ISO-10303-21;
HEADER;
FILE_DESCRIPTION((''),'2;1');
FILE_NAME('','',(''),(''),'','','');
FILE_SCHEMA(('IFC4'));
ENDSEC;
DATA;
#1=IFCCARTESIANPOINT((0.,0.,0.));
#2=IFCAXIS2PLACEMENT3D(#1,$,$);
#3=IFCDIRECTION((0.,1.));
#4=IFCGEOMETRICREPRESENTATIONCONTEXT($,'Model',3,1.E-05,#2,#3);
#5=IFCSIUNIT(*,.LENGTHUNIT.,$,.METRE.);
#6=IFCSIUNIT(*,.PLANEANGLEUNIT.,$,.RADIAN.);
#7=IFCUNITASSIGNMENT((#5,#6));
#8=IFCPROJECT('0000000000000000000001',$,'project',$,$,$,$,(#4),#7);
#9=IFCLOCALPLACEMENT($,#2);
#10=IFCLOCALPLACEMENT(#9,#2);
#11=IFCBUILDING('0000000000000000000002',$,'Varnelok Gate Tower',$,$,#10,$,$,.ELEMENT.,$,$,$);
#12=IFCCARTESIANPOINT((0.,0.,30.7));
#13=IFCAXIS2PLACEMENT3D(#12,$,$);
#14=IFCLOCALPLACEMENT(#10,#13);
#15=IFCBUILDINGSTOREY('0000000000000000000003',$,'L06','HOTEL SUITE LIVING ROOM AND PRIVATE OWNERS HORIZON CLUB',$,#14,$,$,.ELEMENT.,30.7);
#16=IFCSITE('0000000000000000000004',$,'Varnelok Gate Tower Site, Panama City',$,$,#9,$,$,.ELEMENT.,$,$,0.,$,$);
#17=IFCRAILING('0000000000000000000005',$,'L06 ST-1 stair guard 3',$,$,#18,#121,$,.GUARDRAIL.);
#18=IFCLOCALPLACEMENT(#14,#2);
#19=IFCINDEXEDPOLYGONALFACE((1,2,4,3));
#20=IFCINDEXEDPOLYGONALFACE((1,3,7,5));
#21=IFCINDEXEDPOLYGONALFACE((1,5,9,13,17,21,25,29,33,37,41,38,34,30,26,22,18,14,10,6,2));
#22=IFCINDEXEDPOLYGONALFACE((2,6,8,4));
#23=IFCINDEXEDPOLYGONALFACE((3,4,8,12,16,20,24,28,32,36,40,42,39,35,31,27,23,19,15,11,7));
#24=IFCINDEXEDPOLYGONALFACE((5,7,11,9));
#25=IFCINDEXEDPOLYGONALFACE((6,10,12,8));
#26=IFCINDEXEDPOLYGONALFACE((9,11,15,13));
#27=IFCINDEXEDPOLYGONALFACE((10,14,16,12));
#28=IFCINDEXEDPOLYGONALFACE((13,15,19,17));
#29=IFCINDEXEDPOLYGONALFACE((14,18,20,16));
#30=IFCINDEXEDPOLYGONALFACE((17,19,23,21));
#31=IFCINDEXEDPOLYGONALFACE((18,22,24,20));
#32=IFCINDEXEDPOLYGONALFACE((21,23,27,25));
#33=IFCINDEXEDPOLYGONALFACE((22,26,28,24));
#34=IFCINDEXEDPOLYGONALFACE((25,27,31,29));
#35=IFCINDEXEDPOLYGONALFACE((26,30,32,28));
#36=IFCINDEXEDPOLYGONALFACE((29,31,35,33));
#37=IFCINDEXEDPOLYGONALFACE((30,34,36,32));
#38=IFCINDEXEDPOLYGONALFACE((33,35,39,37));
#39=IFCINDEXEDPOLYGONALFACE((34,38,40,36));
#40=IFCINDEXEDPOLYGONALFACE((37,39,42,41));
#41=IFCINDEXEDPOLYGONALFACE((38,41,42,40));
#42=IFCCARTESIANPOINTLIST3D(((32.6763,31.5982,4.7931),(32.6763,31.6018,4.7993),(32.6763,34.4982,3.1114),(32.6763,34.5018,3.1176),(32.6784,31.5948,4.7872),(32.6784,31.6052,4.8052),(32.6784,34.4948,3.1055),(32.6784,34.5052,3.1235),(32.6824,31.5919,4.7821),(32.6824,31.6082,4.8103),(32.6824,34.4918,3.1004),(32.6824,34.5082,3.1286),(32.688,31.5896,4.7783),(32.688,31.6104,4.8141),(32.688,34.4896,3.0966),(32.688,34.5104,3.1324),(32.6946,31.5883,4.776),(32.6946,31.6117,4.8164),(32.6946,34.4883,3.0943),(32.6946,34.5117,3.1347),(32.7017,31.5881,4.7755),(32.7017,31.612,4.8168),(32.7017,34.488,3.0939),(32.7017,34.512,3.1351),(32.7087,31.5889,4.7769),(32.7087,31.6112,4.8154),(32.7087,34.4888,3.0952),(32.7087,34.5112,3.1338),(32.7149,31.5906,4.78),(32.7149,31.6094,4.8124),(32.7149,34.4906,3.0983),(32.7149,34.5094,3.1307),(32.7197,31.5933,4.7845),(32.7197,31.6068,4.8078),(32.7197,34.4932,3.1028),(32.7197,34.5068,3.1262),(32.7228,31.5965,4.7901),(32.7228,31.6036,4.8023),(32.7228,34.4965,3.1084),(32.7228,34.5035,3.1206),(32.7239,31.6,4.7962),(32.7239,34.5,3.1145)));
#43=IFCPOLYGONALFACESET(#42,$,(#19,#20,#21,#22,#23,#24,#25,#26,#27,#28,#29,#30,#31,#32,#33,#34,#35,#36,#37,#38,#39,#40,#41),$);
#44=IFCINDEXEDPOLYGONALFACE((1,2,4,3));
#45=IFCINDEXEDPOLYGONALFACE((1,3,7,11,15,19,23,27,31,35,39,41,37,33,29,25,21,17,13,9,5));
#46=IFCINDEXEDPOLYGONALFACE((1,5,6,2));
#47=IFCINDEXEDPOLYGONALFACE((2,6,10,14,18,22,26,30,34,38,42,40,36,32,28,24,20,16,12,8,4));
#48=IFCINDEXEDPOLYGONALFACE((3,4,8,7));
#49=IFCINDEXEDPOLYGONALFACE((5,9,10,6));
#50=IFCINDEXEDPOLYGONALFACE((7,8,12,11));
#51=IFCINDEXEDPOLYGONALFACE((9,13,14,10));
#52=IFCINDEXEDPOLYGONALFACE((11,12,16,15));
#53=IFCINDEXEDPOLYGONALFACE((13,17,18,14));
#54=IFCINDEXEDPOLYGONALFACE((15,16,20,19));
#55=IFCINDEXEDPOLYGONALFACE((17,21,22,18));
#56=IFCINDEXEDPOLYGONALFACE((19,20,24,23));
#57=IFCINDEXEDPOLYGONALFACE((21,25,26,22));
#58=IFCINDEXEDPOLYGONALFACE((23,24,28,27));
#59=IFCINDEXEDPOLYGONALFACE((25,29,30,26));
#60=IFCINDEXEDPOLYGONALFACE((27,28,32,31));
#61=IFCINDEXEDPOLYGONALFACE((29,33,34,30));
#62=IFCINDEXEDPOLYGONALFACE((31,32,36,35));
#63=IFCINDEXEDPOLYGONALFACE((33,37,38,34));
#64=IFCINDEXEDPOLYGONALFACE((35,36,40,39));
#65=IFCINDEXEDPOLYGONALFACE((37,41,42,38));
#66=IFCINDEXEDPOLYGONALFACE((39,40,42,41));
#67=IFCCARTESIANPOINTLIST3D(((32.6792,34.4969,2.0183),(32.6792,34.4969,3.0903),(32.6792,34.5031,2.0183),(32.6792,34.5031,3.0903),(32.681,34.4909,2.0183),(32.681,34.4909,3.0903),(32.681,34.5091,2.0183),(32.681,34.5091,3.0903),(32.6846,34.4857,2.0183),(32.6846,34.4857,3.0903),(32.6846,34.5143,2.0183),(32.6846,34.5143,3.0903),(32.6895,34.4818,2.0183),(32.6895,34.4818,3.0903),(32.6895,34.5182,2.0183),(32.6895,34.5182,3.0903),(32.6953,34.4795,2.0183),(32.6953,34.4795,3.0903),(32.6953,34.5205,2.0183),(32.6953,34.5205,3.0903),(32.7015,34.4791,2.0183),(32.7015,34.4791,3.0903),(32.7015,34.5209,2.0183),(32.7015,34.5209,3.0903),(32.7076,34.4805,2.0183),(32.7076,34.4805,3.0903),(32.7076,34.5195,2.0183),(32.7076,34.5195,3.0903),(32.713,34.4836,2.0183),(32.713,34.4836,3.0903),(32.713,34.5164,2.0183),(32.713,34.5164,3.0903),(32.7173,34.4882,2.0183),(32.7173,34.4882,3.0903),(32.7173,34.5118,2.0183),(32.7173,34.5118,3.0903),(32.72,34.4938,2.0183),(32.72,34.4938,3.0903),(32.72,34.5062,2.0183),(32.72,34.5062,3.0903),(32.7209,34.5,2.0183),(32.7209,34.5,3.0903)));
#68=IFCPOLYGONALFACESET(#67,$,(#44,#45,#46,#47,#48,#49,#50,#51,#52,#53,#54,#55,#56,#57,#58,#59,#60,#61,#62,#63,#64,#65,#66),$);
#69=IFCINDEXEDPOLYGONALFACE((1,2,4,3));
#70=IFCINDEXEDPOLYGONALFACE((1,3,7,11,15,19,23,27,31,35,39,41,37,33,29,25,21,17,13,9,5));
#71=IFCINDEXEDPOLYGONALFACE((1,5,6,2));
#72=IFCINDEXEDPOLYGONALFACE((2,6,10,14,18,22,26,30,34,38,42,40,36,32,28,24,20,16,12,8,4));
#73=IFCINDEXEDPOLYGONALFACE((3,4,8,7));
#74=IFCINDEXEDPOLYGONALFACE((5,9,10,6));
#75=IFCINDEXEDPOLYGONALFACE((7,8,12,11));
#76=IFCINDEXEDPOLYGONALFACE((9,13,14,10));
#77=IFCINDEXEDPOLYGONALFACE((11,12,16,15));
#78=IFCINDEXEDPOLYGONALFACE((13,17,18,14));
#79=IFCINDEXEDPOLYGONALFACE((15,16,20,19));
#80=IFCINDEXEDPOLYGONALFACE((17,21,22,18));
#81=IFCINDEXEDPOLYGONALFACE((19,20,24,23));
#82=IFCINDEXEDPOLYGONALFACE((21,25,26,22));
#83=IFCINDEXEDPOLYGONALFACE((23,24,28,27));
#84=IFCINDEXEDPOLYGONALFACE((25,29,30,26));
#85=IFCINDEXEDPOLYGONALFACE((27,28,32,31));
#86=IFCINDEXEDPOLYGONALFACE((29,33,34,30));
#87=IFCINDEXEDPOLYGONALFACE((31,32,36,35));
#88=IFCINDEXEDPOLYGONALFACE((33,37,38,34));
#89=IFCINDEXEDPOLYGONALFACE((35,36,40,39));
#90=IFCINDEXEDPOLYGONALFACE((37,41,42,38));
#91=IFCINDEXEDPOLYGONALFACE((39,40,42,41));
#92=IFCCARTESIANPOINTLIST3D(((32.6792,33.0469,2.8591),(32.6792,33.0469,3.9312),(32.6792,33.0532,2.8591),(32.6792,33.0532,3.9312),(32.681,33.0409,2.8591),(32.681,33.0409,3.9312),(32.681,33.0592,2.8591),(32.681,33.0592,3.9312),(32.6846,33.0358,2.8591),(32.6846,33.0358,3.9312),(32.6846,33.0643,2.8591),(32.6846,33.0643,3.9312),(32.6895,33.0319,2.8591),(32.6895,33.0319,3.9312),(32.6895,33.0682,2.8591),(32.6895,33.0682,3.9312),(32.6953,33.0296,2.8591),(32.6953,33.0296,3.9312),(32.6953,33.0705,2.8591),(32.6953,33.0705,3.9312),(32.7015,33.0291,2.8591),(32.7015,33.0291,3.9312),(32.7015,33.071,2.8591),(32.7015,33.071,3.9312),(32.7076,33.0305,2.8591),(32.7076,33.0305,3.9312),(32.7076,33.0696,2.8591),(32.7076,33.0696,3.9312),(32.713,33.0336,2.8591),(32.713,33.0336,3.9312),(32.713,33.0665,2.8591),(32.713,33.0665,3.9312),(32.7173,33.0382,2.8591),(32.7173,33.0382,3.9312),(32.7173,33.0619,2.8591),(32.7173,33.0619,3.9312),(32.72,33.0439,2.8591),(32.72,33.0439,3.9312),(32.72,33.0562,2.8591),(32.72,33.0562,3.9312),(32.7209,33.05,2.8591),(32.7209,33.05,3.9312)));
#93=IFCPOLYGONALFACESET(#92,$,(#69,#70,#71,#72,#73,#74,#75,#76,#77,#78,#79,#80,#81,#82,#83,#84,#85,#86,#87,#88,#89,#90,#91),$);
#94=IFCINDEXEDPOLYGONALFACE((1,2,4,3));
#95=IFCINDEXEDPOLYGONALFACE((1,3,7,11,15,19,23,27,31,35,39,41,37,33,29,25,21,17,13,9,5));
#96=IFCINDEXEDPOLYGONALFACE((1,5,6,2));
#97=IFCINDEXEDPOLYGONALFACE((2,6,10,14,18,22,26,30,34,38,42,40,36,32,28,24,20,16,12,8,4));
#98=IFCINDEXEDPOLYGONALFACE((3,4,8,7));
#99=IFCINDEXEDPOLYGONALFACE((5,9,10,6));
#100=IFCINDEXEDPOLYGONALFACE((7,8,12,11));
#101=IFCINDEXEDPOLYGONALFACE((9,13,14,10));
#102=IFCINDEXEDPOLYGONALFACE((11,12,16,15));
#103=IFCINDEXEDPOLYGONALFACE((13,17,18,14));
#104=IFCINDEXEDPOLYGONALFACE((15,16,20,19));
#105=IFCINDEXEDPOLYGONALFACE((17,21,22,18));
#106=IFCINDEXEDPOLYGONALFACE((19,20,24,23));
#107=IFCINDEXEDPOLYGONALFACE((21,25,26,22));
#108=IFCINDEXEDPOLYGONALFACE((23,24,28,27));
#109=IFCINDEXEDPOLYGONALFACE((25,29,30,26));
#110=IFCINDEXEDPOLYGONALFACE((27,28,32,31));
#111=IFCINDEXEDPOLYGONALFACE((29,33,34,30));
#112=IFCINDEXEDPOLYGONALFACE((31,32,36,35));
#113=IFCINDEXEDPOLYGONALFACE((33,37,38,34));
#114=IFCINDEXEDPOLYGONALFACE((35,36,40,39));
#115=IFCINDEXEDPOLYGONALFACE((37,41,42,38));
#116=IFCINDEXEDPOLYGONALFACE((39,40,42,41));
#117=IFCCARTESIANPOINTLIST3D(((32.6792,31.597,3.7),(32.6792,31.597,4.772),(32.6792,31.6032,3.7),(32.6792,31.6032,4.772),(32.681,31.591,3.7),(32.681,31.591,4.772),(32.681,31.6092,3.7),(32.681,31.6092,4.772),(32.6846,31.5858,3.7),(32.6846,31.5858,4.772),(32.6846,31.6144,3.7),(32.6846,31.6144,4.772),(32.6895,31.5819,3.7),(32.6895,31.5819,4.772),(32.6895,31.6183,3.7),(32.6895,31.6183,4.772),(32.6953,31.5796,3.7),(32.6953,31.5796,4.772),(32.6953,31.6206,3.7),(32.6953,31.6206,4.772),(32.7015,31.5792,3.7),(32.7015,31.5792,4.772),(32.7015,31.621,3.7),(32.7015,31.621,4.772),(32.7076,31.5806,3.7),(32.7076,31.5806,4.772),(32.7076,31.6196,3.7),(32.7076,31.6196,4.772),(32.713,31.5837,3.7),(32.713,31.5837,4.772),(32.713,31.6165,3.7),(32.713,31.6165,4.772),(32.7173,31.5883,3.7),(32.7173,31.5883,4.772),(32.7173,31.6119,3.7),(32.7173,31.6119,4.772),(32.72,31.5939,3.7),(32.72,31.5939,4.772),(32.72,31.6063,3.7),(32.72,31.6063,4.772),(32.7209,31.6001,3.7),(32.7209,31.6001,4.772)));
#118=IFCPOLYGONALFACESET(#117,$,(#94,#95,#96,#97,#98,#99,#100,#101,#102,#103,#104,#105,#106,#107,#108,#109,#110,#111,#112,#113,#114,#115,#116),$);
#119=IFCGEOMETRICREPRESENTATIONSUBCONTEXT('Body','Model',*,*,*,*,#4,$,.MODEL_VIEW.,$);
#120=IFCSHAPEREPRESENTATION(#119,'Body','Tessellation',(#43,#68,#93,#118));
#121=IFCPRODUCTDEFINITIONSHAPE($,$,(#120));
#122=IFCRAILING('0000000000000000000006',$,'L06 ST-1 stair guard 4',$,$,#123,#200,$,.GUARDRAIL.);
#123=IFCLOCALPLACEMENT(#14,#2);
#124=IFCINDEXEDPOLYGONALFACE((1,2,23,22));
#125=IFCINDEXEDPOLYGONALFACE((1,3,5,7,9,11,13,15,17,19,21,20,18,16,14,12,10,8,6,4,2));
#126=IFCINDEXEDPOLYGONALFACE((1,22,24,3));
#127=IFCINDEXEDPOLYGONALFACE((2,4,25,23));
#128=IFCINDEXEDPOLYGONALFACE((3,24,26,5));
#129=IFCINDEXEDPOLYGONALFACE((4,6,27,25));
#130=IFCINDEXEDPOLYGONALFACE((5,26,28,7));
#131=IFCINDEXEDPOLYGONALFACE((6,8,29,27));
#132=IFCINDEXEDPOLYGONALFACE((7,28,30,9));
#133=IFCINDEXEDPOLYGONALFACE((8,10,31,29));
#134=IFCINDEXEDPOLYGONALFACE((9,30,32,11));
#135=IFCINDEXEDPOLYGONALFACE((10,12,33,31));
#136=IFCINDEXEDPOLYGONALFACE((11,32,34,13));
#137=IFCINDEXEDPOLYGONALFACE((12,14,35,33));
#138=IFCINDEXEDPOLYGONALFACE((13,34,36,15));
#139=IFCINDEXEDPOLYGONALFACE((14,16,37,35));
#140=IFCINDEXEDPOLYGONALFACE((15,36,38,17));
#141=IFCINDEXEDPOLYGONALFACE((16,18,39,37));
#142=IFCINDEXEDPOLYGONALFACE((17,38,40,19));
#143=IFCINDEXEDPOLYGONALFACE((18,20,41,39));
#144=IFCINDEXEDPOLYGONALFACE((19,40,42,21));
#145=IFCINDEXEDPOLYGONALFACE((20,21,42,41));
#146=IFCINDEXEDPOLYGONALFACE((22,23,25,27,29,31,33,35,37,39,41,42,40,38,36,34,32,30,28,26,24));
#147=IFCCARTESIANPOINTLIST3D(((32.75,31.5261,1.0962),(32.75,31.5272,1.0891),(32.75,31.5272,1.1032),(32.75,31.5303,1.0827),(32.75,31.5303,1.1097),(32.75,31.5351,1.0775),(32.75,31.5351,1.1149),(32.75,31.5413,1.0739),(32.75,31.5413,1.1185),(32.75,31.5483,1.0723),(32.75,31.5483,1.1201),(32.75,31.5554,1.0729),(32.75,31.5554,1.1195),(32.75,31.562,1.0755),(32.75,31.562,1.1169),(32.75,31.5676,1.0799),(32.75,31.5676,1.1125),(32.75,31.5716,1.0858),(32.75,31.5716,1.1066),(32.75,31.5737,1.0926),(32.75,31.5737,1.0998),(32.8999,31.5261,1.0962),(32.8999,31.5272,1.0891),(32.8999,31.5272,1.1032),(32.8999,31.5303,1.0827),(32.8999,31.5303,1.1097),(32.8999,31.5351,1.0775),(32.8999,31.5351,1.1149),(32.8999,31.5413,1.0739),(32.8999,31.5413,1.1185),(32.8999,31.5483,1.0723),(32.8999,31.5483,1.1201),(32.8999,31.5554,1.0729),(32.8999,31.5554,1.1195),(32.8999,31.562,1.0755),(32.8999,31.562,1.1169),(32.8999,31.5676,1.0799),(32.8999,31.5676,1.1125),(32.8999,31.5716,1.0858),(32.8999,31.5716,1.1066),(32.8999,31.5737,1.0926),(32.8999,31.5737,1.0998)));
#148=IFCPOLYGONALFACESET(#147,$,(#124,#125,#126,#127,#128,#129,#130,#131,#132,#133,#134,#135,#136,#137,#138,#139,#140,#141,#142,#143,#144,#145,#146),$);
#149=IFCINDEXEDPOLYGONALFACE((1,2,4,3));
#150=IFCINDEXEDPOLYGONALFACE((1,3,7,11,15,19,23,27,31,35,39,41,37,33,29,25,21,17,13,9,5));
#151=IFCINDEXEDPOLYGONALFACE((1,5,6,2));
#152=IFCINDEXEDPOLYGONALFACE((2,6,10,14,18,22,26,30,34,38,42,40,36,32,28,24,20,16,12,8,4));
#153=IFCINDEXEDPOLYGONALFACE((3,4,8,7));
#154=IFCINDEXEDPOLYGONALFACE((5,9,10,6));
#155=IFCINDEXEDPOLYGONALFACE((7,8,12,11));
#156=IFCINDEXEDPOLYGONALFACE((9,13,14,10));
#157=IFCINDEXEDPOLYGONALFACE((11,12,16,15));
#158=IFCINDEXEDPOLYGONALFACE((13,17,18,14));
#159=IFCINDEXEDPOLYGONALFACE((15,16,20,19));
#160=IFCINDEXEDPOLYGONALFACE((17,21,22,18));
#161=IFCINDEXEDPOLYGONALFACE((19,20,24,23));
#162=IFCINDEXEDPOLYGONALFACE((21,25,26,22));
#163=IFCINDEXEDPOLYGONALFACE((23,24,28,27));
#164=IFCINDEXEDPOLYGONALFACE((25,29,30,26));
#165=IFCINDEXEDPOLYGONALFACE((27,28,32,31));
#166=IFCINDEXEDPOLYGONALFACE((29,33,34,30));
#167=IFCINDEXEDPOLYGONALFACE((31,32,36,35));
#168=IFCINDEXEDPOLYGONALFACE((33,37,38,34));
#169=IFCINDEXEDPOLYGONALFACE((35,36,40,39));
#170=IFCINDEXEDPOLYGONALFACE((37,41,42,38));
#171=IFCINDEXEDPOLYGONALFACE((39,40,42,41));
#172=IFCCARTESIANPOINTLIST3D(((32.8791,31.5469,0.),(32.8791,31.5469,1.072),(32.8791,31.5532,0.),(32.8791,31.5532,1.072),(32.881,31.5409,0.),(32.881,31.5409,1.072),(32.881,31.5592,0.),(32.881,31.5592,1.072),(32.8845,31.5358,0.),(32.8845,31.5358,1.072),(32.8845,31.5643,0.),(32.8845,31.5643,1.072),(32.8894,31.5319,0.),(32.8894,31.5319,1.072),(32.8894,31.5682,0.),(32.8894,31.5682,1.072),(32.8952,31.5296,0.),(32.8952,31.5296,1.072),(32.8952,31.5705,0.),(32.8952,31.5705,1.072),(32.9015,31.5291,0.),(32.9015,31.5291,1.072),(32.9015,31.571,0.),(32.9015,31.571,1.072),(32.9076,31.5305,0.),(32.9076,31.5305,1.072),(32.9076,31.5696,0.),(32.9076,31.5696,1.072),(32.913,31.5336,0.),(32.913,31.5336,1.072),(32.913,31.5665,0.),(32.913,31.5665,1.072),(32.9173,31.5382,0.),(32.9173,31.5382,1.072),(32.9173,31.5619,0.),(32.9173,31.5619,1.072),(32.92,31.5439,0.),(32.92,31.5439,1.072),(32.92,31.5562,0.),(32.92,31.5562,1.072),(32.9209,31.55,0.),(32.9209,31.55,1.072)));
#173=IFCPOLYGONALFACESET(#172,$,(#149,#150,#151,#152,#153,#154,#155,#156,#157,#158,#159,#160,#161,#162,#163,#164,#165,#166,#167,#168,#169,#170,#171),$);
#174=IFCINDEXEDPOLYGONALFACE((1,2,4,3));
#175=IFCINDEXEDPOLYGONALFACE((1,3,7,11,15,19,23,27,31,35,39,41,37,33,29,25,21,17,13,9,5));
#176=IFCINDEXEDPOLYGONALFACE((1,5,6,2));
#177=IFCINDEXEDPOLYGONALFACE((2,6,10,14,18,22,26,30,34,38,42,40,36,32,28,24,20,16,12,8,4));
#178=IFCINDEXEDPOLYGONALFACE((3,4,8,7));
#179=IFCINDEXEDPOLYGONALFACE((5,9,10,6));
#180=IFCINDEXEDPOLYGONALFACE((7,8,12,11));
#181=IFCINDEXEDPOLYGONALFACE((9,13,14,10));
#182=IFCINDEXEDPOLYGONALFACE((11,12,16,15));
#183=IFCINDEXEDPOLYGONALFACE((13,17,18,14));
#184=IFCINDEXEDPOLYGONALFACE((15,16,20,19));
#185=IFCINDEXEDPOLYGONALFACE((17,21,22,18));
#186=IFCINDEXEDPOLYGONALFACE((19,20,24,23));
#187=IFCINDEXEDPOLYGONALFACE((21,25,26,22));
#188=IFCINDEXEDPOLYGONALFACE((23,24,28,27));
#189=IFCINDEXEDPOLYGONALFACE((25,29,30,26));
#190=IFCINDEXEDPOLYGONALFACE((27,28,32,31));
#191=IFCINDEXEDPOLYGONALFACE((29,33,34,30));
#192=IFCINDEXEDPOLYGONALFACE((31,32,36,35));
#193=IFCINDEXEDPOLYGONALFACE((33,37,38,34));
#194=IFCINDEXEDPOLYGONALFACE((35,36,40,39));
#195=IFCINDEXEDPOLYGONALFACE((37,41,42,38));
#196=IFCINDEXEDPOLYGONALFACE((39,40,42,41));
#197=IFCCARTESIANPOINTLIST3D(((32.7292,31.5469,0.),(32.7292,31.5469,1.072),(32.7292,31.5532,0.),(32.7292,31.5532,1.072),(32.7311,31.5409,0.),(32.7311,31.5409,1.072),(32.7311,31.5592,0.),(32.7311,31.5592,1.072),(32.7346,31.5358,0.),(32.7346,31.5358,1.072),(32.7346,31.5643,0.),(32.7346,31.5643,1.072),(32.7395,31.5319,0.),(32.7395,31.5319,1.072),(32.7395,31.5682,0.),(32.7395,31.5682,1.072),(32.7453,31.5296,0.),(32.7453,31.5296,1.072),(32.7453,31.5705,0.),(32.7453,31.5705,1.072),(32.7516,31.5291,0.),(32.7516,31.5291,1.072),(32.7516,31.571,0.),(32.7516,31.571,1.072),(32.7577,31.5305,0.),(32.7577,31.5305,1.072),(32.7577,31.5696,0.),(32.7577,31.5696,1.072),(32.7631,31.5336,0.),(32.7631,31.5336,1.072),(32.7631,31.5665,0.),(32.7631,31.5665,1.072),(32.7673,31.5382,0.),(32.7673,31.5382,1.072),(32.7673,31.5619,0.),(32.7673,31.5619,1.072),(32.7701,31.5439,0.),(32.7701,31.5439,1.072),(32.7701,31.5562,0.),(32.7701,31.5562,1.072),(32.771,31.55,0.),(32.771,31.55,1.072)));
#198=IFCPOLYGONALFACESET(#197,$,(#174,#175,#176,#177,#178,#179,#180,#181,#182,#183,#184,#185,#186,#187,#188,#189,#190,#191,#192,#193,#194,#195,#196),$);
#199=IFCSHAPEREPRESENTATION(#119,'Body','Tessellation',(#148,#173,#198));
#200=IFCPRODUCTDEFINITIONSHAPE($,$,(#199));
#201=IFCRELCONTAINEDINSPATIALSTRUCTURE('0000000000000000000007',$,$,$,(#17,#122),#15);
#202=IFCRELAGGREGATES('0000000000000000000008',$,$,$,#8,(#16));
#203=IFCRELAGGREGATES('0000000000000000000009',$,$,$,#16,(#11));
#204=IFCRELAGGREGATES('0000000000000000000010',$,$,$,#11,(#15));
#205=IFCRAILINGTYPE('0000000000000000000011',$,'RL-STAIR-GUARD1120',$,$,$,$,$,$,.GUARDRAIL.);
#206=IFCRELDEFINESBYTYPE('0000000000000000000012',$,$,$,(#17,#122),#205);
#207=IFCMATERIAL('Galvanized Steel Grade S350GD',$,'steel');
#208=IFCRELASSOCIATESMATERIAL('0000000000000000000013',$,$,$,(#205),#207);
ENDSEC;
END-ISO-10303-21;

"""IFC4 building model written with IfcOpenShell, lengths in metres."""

from ifc_helpers import new_model, si_unit, direction, frame, origin, origin_2d, place, context, subcontext, project, spatial, circle, extrude, material, type_object, element, save


model = new_model("IFC4")

# Units and contexts
model_context = context("Model", 3, precision=1e-05, world=origin(), true_north=direction((0.0, 1.0)))
body_context = subcontext(model_context, "Body", "Model", "MODEL_VIEW")
ifc_project = project(units=[si_unit("LENGTHUNIT", "METRE"), si_unit("PLANEANGLEUNIT", "RADIAN")], contexts=[model_context])

# Site, building, storey
site_placement = place(None, origin())
site = spatial("IfcSite", under=ifc_project, at=site_placement, Name="Varnelok Gate Tower Site, Panama City", CompositionType="ELEMENT", RefElevation=0.0)
building_placement = place(site_placement, origin())
building = spatial("IfcBuilding", under=site, at=building_placement, Name="Varnelok Gate Tower", CompositionType="ELEMENT")
storey_placement = place(building_placement, frame((0.0, 0.0, 30.7)))
storey = spatial("IfcBuildingStorey", under=building, at=storey_placement, Name="L06", Description="HOTEL SUITE LIVING ROOM AND PRIVATE OWNERS HORIZON CLUB", CompositionType="ELEMENT", Elevation=30.7)

# Shared definitions
ifc_material_1 = material(Name="Galvanized Steel Grade S350GD", Category="steel")

# Railings
railing_type_1 = type_object("IfcRailingType", Name="RL-STAIR-GUARD1120", PredefinedType="GUARDRAIL", material=ifc_material_1)
railing_1_placement = place(storey_placement, frame((32.7, 34.5, 2.0183)))
element("IfcRailing", 1, at=railing_1_placement, inside=storey, type_object=railing_type_1, Name="L06 ST-1 stair guard 3", PredefinedType="GUARDRAIL", context=body_context, shape_type="SweptSolid", body=[
    extrude(circle(Radius=0.0239, at=origin_2d()), frame((0.0, 0.0, 1.0962), z_axis=(0.0, -0.86507, 0.501651), x_axis=(1.0, 0.0, 0.0)), (0.0, 0.0, 1.0), 3.3523),
    extrude(circle(Radius=0.021, at=origin_2d()), origin(), (0.0, 0.0, 1.0), 1.072),
    extrude(circle(Radius=0.021, at=origin_2d()), frame((0.0, -1.45, 0.8408)), (0.0, 0.0, 1.0), 1.072),
    extrude(circle(Radius=0.021, at=origin_2d()), frame((0.0, -2.8999, 1.6816)), (0.0, 0.0, 1.0), 1.072),
])
railing_2_placement = place(storey_placement, frame((32.8999, 31.55, 0.0)))
element("IfcRailing", 2, at=railing_2_placement, inside=storey, type_object=railing_type_1, Name="L06 ST-1 stair guard 4", PredefinedType="GUARDRAIL", context=body_context, shape_type="SweptSolid", body=[
    extrude(circle(Radius=0.0239, at=origin_2d()), frame((0.0, 0.0, 1.0962), z_axis=(-1.0, 0.0, 0.0), x_axis=(0.0, -1.0, 0.0)), (0.0, 0.0, 1.0), 0.1499),
    extrude(circle(Radius=0.021, at=origin_2d()), origin(), (0.0, 0.0, 1.0), 1.072),
    extrude(circle(Radius=0.021, at=origin_2d()), frame((-0.1499, 0.0, 0.0)), (0.0, 0.0, 1.0), 1.072),
])

save(model, "model.ifc")
